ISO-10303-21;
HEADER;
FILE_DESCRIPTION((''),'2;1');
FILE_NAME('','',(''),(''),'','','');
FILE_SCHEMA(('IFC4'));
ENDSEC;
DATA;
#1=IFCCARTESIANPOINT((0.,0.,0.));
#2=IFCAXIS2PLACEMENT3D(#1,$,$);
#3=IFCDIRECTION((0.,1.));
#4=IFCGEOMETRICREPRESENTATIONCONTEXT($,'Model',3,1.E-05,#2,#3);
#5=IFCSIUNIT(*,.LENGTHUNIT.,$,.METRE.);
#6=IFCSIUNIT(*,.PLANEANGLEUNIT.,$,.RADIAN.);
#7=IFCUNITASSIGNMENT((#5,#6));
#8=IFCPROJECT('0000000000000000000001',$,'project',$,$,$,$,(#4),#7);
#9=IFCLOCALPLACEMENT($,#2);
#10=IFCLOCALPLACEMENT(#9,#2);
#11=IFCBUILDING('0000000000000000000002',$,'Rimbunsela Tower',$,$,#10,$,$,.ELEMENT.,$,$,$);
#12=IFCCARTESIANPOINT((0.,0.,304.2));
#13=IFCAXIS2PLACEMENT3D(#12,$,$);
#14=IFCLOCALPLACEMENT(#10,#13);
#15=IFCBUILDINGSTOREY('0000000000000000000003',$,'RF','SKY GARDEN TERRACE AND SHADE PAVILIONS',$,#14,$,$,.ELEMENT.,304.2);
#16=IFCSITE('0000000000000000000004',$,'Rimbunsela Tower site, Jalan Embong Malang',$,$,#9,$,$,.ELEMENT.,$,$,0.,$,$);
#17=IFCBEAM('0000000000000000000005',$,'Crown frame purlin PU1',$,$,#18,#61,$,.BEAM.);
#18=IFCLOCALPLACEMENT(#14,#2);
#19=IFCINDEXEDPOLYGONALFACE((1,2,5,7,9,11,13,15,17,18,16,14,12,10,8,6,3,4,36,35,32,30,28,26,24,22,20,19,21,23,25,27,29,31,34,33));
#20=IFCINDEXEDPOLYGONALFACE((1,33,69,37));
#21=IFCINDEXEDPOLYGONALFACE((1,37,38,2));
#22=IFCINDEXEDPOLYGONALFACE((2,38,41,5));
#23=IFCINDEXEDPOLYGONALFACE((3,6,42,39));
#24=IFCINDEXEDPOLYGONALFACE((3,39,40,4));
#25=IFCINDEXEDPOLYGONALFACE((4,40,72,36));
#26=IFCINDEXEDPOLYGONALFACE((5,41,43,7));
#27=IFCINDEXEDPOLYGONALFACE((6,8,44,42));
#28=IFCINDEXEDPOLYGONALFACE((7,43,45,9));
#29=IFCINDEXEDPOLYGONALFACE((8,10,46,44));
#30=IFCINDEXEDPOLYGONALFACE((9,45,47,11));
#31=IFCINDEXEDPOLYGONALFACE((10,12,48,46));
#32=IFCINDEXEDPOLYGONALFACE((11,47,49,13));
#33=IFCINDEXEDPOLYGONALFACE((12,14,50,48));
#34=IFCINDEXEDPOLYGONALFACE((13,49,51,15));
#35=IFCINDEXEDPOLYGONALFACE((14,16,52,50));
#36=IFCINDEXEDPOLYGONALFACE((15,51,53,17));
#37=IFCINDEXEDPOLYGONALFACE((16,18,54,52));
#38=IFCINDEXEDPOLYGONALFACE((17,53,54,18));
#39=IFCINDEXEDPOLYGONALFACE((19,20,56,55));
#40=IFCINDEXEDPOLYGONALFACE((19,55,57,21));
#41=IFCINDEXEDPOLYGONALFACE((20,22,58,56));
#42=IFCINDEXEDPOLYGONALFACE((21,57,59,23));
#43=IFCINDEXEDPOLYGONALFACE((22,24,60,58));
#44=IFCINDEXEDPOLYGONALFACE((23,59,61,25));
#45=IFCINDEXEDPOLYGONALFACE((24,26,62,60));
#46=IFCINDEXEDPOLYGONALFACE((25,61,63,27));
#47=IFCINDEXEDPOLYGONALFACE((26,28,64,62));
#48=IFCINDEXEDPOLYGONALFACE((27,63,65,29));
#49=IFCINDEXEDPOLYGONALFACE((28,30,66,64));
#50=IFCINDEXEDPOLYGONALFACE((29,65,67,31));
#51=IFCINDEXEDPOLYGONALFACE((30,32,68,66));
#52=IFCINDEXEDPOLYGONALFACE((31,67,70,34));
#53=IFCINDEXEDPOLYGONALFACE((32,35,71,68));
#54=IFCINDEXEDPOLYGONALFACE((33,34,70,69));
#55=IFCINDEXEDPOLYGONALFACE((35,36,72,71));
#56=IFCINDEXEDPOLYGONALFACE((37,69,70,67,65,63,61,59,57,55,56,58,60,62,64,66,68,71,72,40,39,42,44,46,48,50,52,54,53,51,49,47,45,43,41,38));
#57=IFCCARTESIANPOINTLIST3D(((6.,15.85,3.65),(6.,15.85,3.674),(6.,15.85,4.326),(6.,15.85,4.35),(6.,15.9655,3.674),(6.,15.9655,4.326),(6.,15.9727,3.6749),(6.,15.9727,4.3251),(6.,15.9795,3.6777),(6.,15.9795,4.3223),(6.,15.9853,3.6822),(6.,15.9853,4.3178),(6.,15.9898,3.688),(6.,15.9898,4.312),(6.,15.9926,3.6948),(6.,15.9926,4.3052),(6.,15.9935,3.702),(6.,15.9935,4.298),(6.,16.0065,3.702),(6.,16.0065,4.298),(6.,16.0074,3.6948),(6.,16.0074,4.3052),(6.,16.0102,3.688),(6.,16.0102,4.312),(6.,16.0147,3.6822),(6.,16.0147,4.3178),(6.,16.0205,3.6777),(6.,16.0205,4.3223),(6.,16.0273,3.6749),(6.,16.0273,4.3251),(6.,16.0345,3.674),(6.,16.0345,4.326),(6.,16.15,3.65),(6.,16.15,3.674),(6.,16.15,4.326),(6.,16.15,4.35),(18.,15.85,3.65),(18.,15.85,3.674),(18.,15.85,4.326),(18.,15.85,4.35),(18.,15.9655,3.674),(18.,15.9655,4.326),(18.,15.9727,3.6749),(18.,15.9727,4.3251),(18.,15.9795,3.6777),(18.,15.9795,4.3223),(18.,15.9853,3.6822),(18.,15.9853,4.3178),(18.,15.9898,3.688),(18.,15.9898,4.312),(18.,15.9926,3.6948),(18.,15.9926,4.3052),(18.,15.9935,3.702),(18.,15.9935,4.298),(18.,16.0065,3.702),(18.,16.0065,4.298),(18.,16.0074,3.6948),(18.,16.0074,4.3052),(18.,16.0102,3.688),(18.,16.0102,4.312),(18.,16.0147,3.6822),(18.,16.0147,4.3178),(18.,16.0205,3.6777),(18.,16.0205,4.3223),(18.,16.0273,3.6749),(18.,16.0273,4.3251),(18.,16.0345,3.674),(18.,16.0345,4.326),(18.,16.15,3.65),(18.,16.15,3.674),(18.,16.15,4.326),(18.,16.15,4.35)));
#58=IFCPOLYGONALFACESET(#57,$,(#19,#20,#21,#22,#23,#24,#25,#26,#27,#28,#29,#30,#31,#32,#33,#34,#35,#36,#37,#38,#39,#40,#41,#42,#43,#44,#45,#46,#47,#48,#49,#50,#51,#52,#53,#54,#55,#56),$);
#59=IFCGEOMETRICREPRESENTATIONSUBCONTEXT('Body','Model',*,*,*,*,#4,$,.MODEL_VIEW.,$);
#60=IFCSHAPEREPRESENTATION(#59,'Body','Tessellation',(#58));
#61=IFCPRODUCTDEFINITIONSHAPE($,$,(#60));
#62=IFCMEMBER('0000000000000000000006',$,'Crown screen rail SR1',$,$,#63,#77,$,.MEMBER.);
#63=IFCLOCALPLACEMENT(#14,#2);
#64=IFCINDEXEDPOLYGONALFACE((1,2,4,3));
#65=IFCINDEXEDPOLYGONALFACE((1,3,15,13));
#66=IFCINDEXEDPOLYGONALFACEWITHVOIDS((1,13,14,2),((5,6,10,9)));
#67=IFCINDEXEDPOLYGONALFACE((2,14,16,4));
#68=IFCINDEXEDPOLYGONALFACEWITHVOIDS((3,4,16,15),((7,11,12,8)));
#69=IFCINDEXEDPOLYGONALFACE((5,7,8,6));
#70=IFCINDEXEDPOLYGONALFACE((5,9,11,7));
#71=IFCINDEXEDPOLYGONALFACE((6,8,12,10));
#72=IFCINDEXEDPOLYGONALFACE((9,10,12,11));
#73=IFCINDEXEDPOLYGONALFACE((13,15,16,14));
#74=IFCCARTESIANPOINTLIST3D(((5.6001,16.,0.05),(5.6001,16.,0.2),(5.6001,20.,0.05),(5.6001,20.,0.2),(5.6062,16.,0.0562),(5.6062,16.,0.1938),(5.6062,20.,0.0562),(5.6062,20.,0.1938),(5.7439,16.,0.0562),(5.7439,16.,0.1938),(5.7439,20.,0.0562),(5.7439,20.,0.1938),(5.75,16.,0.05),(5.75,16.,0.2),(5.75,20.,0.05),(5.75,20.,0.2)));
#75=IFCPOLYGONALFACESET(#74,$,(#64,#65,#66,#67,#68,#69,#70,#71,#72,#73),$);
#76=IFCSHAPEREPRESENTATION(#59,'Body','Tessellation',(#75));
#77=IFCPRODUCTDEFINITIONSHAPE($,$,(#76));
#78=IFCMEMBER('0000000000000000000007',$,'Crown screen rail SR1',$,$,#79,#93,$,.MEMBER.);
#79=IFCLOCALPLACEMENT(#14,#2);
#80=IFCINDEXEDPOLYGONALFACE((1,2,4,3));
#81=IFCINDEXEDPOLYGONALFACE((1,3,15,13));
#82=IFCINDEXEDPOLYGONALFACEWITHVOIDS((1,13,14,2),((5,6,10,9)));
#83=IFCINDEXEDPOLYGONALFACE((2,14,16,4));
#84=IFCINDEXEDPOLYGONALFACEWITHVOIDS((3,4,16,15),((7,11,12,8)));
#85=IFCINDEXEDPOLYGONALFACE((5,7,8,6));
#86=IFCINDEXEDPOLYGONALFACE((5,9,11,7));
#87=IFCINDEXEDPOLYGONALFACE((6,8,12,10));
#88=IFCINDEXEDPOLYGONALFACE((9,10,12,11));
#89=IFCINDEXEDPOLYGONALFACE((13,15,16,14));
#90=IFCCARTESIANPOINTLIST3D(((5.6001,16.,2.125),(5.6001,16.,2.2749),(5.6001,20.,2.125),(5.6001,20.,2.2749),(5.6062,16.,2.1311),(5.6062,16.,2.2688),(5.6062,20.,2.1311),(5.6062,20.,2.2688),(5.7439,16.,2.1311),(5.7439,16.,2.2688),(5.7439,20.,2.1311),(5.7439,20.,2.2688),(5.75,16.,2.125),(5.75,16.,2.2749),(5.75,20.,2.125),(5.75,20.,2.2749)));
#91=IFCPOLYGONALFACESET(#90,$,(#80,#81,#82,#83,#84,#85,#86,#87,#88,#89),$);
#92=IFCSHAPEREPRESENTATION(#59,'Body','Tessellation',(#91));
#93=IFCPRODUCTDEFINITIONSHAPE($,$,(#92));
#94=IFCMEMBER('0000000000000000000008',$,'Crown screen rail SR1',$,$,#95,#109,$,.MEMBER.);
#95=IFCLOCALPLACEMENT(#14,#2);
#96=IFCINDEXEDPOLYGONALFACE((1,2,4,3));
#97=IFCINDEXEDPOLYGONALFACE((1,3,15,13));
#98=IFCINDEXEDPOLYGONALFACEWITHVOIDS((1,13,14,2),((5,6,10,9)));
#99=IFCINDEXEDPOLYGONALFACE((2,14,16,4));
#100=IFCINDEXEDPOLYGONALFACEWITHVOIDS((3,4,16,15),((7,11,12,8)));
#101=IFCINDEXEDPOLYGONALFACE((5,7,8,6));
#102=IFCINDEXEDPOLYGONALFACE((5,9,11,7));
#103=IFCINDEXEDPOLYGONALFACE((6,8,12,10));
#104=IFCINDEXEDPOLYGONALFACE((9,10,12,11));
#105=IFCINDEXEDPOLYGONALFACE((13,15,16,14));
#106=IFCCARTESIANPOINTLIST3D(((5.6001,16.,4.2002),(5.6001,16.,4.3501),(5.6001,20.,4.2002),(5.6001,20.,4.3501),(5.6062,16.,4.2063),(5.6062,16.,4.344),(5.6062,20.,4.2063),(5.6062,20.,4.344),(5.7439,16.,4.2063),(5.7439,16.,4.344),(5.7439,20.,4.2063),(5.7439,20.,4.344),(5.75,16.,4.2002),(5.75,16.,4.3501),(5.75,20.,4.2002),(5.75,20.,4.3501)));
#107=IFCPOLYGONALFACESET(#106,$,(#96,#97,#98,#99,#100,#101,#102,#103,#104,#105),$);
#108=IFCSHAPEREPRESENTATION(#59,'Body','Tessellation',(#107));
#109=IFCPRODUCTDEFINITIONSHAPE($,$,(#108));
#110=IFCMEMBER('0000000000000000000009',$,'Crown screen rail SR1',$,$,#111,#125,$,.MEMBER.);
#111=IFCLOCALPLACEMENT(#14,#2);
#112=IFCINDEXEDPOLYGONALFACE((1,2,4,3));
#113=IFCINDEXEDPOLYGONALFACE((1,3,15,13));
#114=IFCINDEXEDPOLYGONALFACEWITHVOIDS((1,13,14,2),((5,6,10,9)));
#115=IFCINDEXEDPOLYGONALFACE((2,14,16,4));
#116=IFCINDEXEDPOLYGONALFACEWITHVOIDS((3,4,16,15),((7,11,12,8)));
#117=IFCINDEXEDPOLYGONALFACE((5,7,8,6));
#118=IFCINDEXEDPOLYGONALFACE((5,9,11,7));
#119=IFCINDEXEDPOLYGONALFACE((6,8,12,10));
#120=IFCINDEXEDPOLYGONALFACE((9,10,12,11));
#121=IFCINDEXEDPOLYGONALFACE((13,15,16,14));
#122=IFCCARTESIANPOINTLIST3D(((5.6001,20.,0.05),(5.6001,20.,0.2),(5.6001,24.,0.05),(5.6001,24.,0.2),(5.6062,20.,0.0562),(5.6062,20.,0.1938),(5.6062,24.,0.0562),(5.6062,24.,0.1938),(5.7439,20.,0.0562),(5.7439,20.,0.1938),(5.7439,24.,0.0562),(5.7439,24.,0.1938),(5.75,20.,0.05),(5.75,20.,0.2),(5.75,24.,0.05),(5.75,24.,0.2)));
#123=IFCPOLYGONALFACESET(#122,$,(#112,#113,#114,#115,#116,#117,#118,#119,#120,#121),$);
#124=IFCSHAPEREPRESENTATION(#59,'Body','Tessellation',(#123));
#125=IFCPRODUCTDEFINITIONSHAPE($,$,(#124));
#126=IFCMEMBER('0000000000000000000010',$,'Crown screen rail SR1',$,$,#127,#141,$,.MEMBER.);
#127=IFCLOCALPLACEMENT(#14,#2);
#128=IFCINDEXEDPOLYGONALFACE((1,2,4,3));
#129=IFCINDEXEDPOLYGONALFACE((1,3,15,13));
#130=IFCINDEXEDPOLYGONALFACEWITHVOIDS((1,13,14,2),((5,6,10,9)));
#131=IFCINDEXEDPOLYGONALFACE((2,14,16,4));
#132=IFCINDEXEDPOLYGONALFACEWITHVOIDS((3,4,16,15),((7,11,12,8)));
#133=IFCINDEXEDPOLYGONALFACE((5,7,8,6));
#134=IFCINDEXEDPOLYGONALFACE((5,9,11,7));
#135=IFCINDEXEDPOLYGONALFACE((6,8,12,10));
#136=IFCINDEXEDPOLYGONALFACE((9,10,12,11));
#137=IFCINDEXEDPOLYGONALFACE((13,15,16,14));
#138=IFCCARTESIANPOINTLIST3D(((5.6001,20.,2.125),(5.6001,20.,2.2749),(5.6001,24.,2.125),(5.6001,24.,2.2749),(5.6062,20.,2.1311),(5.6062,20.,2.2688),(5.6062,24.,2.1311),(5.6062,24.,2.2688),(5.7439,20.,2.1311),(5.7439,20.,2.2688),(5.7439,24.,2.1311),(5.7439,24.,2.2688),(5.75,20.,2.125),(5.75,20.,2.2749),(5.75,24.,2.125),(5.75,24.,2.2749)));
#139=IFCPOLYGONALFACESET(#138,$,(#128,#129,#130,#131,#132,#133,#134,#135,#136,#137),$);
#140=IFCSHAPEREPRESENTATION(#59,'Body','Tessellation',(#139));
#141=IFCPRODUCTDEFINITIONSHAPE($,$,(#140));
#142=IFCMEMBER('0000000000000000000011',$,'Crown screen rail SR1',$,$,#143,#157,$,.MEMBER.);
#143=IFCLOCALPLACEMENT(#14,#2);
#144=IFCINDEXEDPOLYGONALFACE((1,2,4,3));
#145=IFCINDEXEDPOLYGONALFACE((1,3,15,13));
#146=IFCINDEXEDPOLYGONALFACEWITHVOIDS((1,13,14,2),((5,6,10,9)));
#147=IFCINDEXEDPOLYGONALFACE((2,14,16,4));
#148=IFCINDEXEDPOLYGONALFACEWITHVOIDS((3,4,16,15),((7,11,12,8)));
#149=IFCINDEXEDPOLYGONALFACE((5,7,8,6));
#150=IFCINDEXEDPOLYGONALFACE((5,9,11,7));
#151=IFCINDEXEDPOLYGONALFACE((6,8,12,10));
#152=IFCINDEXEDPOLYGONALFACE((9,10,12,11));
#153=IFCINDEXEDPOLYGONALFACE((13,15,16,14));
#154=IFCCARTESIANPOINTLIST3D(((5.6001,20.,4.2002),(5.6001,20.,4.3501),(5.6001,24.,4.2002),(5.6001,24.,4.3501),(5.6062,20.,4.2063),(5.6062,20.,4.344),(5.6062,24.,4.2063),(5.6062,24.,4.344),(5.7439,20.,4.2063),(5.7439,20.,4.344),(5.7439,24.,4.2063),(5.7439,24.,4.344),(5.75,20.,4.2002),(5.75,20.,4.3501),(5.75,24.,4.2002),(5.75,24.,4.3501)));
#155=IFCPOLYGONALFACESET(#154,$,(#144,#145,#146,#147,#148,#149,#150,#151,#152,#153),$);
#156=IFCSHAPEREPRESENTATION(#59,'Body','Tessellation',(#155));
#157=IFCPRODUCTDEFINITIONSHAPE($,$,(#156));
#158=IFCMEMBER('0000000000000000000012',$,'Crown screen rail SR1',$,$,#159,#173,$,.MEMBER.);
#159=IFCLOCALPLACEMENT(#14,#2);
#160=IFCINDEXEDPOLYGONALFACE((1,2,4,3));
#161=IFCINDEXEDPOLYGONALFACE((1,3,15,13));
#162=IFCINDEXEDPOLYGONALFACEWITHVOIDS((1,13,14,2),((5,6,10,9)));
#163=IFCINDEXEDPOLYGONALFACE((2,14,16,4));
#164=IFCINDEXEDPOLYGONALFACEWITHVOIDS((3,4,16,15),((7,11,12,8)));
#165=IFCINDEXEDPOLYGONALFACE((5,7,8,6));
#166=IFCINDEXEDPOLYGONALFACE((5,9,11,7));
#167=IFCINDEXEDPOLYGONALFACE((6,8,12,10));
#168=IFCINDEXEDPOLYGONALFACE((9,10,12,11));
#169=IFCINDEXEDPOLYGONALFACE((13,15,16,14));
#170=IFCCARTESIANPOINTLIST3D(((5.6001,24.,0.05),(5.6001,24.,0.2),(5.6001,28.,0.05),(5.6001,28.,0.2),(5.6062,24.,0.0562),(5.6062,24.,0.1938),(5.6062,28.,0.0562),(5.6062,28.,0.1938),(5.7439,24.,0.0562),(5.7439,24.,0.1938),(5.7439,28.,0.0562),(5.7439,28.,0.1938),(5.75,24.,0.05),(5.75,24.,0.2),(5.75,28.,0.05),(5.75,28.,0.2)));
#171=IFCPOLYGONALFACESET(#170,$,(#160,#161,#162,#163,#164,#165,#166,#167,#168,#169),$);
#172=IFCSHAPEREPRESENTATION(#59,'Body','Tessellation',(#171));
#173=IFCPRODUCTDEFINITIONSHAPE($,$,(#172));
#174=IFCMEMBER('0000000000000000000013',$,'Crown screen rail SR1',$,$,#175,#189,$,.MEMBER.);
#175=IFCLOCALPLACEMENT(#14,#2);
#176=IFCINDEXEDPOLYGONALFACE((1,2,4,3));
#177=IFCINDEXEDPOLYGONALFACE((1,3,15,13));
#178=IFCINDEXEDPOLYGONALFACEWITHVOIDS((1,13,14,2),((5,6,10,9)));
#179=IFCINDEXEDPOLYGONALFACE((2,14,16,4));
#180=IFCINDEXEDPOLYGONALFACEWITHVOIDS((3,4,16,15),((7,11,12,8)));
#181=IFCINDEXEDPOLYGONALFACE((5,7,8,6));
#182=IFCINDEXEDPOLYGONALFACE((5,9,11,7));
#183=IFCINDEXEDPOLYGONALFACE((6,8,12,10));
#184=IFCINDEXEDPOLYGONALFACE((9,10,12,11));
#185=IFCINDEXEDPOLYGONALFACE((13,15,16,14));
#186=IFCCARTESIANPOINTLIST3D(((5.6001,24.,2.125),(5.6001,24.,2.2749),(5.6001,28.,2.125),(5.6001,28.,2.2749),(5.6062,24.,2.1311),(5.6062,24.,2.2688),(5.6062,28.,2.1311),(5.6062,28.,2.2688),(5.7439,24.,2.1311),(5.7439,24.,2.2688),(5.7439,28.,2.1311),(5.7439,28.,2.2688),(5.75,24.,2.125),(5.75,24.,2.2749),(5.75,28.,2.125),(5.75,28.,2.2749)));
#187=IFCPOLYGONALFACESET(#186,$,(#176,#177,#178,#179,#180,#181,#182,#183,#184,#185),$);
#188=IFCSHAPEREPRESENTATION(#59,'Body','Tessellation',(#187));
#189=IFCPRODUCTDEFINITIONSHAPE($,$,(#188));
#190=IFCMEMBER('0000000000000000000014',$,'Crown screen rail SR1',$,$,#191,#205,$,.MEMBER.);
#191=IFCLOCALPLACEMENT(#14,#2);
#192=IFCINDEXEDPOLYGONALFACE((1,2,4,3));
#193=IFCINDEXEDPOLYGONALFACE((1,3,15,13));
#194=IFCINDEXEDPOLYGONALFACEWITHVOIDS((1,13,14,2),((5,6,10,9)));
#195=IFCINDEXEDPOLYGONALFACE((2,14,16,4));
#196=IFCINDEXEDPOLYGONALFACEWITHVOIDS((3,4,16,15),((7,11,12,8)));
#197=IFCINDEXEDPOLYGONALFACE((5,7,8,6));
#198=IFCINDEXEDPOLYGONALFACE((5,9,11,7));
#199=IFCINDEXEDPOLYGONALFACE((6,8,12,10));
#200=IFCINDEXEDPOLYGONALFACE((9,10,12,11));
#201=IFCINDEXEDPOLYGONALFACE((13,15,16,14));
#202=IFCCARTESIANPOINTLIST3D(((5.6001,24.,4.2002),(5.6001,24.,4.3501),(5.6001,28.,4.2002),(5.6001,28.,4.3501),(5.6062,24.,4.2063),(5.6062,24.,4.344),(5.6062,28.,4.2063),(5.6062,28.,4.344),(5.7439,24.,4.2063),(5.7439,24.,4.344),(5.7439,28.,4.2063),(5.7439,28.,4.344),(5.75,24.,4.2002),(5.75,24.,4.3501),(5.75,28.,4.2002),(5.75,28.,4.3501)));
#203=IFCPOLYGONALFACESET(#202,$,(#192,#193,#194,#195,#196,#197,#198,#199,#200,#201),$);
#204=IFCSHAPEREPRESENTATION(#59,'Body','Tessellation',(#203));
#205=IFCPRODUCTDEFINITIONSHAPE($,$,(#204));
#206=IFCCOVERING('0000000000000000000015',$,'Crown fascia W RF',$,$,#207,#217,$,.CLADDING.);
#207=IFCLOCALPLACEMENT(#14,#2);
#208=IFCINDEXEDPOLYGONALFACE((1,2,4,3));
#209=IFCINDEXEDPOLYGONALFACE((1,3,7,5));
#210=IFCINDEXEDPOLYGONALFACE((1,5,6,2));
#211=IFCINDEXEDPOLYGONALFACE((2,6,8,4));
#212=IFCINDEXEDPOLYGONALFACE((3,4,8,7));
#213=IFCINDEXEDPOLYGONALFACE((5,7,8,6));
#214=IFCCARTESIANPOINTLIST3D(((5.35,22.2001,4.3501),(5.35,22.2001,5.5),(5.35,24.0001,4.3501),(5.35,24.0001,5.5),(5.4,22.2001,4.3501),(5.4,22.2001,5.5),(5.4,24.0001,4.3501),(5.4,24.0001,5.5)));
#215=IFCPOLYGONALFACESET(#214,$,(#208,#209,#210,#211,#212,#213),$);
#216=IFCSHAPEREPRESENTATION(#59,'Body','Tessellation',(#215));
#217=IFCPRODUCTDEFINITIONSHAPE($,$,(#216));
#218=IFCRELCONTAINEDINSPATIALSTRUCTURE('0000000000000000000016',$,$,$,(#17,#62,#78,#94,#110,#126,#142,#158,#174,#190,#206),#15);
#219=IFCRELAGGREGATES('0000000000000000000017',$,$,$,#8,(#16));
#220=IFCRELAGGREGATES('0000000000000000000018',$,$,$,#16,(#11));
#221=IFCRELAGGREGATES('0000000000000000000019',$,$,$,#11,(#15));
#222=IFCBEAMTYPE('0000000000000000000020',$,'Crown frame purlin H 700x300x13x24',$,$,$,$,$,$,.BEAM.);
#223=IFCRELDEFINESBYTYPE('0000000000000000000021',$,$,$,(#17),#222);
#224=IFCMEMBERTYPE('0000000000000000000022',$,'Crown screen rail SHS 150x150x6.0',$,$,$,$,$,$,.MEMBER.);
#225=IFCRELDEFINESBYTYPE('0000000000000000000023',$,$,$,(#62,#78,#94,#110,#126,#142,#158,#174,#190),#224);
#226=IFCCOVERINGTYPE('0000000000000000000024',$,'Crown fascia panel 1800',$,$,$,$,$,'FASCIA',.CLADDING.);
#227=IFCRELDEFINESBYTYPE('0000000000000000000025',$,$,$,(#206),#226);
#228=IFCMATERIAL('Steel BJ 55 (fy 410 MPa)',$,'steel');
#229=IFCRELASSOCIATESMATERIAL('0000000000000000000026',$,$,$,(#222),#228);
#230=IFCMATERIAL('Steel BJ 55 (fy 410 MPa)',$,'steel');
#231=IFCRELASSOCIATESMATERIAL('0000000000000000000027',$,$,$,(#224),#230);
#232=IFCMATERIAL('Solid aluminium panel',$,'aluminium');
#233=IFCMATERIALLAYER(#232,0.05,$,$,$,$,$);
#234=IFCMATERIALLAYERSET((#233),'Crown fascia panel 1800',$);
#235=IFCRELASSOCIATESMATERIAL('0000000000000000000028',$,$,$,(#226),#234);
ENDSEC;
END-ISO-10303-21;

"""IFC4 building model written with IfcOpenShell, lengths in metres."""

from ifc_helpers import new_model, si_unit, direction, frame, origin, origin_2d, place, context, subcontext, project, spatial, rectangle, hollow_rectangle, i_section, extrude, material, layer, layer_set, material_profile, profile_set, type_object, element, save


model = new_model("IFC4")

# Units and contexts
model_context = context("Model", 3, precision=1e-05, world=origin(), true_north=direction((0.0, 1.0)))
body_context = subcontext(model_context, "Body", "Model", "MODEL_VIEW")
ifc_project = project(units=[si_unit("LENGTHUNIT", "METRE"), si_unit("PLANEANGLEUNIT", "RADIAN")], contexts=[model_context])

# Site, building, storey
site_placement = place(None, origin())
site = spatial("IfcSite", under=ifc_project, at=site_placement, Name="Rimbunsela Tower site, Jalan Embong Malang", CompositionType="ELEMENT", RefElevation=0.0)
building_placement = place(site_placement, origin())
building = spatial("IfcBuilding", under=site, at=building_placement, Name="Rimbunsela Tower", CompositionType="ELEMENT")
storey_placement = place(building_placement, frame((0.0, 0.0, 304.2)))
storey = spatial("IfcBuildingStorey", under=building, at=storey_placement, Name="RF", Description="SKY GARDEN TERRACE AND SHADE PAVILIONS", CompositionType="ELEMENT", Elevation=304.2)

# Beam
ifc_material_1 = material(Name="Steel BJ 55 (fy 410 MPa)", Category="steel")
ifc_material_profile_1 = material_profile(ifc_material_1, i_section(OverallWidth=0.3, OverallDepth=0.7, WebThickness=0.0129, FlangeThickness=0.0239, FilletRadius=0.0281, at=origin_2d()), Name="H 700x300x13x24")
ifc_profile_set_1 = profile_set([ifc_material_profile_1], Name="Steel BJ 55 (fy 410 MPa)")
beam_type_1 = type_object("IfcBeamType", Name="Crown frame purlin H 700x300x13x24", PredefinedType="BEAM", material=ifc_profile_set_1)
for number, where, z_axis, x_axis, name in (
    (1, (6.0, 16.0, 4.0), (1.0, 0.0, 0.0), (0.0, 1.0, 0.0), "Crown frame purlin PU1"),
):
    element("IfcBeam", number, at=place(storey_placement, frame(where, z_axis=z_axis, x_axis=x_axis)), inside=storey, type_object=beam_type_1, Name=name, PredefinedType="BEAM", context=body_context, shape_type="SweptSolid", body=[
        extrude(i_section(OverallWidth=0.3, OverallDepth=0.7, WebThickness=0.0129, FlangeThickness=0.0239, FilletRadius=0.0281, at=origin_2d()), origin(), (0.0, 0.0, 1.0), 12.0),
    ])

# Members
ifc_material_2 = material(Name="Steel BJ 55 (fy 410 MPa)", Category="steel")
ifc_material_profile_2 = material_profile(ifc_material_2, hollow_rectangle(XDim=0.1499, YDim=0.1499, WallThickness=0.0061, at=origin_2d()), Name="SHS 150x150x6.0")
ifc_profile_set_2 = profile_set([ifc_material_profile_2], Name="Steel BJ 55 (fy 410 MPa)")
member_type = type_object("IfcMemberType", Name="Crown screen rail SHS 150x150x6.0", PredefinedType="MEMBER", material=ifc_profile_set_2)
for number, where, z_axis, x_axis, name in (
    (2, (5.675, 16.0, 0.125), (0.0, 1.0, 0.0), (-1.0, 0.0, 0.0), "Crown screen rail SR1"),
    (3, (5.675, 16.0, 2.2), (0.0, 1.0, 0.0), (-1.0, 0.0, 0.0), "Crown screen rail SR1"),
    (4, (5.675, 16.0, 4.2751), (0.0, 1.0, 0.0), (-1.0, 0.0, 0.0), "Crown screen rail SR1"),
    (5, (5.675, 20.0, 0.125), (0.0, 1.0, 0.0), (-1.0, 0.0, 0.0), "Crown screen rail SR1"),
    (6, (5.675, 20.0, 2.2), (0.0, 1.0, 0.0), (-1.0, 0.0, 0.0), "Crown screen rail SR1"),
    (7, (5.675, 20.0, 4.2751), (0.0, 1.0, 0.0), (-1.0, 0.0, 0.0), "Crown screen rail SR1"),
    (8, (5.675, 24.0, 0.125), (0.0, 1.0, 0.0), (-1.0, 0.0, 0.0), "Crown screen rail SR1"),
    (9, (5.675, 24.0, 2.2), (0.0, 1.0, 0.0), (-1.0, 0.0, 0.0), "Crown screen rail SR1"),
    (10, (5.675, 24.0, 4.2751), (0.0, 1.0, 0.0), (-1.0, 0.0, 0.0), "Crown screen rail SR1"),
):
    element("IfcMember", number, at=place(storey_placement, frame(where, z_axis=z_axis, x_axis=x_axis)), inside=storey, type_object=member_type, Name=name, PredefinedType="MEMBER", context=body_context, shape_type="SweptSolid", body=[
        extrude(hollow_rectangle(XDim=0.1499, YDim=0.1499, WallThickness=0.0061, at=origin_2d()), origin(), (0.0, 0.0, 1.0), 4.0),
    ])

# Covering
ifc_material_3 = material(Name="Solid aluminium panel", Category="aluminium")
ifc_layer_1 = layer(ifc_material_3, 0.05)
ifc_layer_set_1 = layer_set([ifc_layer_1], Name="Crown fascia panel 1800")
covering_type = type_object("IfcCoveringType", Name="Crown fascia panel 1800", ElementType="FASCIA", PredefinedType="CLADDING", material=ifc_layer_set_1)
for number, where, z_axis, x_axis, name in (
    (11, (5.375, 23.1001, 4.3501), (0.0, 0.0, 1.0), (0.0, 1.0, 0.0), "Crown fascia W RF"),
):
    element("IfcCovering", number, at=place(storey_placement, frame(where, z_axis=z_axis, x_axis=x_axis)), inside=storey, type_object=covering_type, Name=name, PredefinedType="CLADDING", context=body_context, shape_type="SweptSolid", body=[
        extrude(rectangle(XDim=1.8, YDim=0.05, at=origin_2d()), origin(), (0.0, 0.0, 1.0), 1.1499),
    ])

save(model, "model.ifc")
